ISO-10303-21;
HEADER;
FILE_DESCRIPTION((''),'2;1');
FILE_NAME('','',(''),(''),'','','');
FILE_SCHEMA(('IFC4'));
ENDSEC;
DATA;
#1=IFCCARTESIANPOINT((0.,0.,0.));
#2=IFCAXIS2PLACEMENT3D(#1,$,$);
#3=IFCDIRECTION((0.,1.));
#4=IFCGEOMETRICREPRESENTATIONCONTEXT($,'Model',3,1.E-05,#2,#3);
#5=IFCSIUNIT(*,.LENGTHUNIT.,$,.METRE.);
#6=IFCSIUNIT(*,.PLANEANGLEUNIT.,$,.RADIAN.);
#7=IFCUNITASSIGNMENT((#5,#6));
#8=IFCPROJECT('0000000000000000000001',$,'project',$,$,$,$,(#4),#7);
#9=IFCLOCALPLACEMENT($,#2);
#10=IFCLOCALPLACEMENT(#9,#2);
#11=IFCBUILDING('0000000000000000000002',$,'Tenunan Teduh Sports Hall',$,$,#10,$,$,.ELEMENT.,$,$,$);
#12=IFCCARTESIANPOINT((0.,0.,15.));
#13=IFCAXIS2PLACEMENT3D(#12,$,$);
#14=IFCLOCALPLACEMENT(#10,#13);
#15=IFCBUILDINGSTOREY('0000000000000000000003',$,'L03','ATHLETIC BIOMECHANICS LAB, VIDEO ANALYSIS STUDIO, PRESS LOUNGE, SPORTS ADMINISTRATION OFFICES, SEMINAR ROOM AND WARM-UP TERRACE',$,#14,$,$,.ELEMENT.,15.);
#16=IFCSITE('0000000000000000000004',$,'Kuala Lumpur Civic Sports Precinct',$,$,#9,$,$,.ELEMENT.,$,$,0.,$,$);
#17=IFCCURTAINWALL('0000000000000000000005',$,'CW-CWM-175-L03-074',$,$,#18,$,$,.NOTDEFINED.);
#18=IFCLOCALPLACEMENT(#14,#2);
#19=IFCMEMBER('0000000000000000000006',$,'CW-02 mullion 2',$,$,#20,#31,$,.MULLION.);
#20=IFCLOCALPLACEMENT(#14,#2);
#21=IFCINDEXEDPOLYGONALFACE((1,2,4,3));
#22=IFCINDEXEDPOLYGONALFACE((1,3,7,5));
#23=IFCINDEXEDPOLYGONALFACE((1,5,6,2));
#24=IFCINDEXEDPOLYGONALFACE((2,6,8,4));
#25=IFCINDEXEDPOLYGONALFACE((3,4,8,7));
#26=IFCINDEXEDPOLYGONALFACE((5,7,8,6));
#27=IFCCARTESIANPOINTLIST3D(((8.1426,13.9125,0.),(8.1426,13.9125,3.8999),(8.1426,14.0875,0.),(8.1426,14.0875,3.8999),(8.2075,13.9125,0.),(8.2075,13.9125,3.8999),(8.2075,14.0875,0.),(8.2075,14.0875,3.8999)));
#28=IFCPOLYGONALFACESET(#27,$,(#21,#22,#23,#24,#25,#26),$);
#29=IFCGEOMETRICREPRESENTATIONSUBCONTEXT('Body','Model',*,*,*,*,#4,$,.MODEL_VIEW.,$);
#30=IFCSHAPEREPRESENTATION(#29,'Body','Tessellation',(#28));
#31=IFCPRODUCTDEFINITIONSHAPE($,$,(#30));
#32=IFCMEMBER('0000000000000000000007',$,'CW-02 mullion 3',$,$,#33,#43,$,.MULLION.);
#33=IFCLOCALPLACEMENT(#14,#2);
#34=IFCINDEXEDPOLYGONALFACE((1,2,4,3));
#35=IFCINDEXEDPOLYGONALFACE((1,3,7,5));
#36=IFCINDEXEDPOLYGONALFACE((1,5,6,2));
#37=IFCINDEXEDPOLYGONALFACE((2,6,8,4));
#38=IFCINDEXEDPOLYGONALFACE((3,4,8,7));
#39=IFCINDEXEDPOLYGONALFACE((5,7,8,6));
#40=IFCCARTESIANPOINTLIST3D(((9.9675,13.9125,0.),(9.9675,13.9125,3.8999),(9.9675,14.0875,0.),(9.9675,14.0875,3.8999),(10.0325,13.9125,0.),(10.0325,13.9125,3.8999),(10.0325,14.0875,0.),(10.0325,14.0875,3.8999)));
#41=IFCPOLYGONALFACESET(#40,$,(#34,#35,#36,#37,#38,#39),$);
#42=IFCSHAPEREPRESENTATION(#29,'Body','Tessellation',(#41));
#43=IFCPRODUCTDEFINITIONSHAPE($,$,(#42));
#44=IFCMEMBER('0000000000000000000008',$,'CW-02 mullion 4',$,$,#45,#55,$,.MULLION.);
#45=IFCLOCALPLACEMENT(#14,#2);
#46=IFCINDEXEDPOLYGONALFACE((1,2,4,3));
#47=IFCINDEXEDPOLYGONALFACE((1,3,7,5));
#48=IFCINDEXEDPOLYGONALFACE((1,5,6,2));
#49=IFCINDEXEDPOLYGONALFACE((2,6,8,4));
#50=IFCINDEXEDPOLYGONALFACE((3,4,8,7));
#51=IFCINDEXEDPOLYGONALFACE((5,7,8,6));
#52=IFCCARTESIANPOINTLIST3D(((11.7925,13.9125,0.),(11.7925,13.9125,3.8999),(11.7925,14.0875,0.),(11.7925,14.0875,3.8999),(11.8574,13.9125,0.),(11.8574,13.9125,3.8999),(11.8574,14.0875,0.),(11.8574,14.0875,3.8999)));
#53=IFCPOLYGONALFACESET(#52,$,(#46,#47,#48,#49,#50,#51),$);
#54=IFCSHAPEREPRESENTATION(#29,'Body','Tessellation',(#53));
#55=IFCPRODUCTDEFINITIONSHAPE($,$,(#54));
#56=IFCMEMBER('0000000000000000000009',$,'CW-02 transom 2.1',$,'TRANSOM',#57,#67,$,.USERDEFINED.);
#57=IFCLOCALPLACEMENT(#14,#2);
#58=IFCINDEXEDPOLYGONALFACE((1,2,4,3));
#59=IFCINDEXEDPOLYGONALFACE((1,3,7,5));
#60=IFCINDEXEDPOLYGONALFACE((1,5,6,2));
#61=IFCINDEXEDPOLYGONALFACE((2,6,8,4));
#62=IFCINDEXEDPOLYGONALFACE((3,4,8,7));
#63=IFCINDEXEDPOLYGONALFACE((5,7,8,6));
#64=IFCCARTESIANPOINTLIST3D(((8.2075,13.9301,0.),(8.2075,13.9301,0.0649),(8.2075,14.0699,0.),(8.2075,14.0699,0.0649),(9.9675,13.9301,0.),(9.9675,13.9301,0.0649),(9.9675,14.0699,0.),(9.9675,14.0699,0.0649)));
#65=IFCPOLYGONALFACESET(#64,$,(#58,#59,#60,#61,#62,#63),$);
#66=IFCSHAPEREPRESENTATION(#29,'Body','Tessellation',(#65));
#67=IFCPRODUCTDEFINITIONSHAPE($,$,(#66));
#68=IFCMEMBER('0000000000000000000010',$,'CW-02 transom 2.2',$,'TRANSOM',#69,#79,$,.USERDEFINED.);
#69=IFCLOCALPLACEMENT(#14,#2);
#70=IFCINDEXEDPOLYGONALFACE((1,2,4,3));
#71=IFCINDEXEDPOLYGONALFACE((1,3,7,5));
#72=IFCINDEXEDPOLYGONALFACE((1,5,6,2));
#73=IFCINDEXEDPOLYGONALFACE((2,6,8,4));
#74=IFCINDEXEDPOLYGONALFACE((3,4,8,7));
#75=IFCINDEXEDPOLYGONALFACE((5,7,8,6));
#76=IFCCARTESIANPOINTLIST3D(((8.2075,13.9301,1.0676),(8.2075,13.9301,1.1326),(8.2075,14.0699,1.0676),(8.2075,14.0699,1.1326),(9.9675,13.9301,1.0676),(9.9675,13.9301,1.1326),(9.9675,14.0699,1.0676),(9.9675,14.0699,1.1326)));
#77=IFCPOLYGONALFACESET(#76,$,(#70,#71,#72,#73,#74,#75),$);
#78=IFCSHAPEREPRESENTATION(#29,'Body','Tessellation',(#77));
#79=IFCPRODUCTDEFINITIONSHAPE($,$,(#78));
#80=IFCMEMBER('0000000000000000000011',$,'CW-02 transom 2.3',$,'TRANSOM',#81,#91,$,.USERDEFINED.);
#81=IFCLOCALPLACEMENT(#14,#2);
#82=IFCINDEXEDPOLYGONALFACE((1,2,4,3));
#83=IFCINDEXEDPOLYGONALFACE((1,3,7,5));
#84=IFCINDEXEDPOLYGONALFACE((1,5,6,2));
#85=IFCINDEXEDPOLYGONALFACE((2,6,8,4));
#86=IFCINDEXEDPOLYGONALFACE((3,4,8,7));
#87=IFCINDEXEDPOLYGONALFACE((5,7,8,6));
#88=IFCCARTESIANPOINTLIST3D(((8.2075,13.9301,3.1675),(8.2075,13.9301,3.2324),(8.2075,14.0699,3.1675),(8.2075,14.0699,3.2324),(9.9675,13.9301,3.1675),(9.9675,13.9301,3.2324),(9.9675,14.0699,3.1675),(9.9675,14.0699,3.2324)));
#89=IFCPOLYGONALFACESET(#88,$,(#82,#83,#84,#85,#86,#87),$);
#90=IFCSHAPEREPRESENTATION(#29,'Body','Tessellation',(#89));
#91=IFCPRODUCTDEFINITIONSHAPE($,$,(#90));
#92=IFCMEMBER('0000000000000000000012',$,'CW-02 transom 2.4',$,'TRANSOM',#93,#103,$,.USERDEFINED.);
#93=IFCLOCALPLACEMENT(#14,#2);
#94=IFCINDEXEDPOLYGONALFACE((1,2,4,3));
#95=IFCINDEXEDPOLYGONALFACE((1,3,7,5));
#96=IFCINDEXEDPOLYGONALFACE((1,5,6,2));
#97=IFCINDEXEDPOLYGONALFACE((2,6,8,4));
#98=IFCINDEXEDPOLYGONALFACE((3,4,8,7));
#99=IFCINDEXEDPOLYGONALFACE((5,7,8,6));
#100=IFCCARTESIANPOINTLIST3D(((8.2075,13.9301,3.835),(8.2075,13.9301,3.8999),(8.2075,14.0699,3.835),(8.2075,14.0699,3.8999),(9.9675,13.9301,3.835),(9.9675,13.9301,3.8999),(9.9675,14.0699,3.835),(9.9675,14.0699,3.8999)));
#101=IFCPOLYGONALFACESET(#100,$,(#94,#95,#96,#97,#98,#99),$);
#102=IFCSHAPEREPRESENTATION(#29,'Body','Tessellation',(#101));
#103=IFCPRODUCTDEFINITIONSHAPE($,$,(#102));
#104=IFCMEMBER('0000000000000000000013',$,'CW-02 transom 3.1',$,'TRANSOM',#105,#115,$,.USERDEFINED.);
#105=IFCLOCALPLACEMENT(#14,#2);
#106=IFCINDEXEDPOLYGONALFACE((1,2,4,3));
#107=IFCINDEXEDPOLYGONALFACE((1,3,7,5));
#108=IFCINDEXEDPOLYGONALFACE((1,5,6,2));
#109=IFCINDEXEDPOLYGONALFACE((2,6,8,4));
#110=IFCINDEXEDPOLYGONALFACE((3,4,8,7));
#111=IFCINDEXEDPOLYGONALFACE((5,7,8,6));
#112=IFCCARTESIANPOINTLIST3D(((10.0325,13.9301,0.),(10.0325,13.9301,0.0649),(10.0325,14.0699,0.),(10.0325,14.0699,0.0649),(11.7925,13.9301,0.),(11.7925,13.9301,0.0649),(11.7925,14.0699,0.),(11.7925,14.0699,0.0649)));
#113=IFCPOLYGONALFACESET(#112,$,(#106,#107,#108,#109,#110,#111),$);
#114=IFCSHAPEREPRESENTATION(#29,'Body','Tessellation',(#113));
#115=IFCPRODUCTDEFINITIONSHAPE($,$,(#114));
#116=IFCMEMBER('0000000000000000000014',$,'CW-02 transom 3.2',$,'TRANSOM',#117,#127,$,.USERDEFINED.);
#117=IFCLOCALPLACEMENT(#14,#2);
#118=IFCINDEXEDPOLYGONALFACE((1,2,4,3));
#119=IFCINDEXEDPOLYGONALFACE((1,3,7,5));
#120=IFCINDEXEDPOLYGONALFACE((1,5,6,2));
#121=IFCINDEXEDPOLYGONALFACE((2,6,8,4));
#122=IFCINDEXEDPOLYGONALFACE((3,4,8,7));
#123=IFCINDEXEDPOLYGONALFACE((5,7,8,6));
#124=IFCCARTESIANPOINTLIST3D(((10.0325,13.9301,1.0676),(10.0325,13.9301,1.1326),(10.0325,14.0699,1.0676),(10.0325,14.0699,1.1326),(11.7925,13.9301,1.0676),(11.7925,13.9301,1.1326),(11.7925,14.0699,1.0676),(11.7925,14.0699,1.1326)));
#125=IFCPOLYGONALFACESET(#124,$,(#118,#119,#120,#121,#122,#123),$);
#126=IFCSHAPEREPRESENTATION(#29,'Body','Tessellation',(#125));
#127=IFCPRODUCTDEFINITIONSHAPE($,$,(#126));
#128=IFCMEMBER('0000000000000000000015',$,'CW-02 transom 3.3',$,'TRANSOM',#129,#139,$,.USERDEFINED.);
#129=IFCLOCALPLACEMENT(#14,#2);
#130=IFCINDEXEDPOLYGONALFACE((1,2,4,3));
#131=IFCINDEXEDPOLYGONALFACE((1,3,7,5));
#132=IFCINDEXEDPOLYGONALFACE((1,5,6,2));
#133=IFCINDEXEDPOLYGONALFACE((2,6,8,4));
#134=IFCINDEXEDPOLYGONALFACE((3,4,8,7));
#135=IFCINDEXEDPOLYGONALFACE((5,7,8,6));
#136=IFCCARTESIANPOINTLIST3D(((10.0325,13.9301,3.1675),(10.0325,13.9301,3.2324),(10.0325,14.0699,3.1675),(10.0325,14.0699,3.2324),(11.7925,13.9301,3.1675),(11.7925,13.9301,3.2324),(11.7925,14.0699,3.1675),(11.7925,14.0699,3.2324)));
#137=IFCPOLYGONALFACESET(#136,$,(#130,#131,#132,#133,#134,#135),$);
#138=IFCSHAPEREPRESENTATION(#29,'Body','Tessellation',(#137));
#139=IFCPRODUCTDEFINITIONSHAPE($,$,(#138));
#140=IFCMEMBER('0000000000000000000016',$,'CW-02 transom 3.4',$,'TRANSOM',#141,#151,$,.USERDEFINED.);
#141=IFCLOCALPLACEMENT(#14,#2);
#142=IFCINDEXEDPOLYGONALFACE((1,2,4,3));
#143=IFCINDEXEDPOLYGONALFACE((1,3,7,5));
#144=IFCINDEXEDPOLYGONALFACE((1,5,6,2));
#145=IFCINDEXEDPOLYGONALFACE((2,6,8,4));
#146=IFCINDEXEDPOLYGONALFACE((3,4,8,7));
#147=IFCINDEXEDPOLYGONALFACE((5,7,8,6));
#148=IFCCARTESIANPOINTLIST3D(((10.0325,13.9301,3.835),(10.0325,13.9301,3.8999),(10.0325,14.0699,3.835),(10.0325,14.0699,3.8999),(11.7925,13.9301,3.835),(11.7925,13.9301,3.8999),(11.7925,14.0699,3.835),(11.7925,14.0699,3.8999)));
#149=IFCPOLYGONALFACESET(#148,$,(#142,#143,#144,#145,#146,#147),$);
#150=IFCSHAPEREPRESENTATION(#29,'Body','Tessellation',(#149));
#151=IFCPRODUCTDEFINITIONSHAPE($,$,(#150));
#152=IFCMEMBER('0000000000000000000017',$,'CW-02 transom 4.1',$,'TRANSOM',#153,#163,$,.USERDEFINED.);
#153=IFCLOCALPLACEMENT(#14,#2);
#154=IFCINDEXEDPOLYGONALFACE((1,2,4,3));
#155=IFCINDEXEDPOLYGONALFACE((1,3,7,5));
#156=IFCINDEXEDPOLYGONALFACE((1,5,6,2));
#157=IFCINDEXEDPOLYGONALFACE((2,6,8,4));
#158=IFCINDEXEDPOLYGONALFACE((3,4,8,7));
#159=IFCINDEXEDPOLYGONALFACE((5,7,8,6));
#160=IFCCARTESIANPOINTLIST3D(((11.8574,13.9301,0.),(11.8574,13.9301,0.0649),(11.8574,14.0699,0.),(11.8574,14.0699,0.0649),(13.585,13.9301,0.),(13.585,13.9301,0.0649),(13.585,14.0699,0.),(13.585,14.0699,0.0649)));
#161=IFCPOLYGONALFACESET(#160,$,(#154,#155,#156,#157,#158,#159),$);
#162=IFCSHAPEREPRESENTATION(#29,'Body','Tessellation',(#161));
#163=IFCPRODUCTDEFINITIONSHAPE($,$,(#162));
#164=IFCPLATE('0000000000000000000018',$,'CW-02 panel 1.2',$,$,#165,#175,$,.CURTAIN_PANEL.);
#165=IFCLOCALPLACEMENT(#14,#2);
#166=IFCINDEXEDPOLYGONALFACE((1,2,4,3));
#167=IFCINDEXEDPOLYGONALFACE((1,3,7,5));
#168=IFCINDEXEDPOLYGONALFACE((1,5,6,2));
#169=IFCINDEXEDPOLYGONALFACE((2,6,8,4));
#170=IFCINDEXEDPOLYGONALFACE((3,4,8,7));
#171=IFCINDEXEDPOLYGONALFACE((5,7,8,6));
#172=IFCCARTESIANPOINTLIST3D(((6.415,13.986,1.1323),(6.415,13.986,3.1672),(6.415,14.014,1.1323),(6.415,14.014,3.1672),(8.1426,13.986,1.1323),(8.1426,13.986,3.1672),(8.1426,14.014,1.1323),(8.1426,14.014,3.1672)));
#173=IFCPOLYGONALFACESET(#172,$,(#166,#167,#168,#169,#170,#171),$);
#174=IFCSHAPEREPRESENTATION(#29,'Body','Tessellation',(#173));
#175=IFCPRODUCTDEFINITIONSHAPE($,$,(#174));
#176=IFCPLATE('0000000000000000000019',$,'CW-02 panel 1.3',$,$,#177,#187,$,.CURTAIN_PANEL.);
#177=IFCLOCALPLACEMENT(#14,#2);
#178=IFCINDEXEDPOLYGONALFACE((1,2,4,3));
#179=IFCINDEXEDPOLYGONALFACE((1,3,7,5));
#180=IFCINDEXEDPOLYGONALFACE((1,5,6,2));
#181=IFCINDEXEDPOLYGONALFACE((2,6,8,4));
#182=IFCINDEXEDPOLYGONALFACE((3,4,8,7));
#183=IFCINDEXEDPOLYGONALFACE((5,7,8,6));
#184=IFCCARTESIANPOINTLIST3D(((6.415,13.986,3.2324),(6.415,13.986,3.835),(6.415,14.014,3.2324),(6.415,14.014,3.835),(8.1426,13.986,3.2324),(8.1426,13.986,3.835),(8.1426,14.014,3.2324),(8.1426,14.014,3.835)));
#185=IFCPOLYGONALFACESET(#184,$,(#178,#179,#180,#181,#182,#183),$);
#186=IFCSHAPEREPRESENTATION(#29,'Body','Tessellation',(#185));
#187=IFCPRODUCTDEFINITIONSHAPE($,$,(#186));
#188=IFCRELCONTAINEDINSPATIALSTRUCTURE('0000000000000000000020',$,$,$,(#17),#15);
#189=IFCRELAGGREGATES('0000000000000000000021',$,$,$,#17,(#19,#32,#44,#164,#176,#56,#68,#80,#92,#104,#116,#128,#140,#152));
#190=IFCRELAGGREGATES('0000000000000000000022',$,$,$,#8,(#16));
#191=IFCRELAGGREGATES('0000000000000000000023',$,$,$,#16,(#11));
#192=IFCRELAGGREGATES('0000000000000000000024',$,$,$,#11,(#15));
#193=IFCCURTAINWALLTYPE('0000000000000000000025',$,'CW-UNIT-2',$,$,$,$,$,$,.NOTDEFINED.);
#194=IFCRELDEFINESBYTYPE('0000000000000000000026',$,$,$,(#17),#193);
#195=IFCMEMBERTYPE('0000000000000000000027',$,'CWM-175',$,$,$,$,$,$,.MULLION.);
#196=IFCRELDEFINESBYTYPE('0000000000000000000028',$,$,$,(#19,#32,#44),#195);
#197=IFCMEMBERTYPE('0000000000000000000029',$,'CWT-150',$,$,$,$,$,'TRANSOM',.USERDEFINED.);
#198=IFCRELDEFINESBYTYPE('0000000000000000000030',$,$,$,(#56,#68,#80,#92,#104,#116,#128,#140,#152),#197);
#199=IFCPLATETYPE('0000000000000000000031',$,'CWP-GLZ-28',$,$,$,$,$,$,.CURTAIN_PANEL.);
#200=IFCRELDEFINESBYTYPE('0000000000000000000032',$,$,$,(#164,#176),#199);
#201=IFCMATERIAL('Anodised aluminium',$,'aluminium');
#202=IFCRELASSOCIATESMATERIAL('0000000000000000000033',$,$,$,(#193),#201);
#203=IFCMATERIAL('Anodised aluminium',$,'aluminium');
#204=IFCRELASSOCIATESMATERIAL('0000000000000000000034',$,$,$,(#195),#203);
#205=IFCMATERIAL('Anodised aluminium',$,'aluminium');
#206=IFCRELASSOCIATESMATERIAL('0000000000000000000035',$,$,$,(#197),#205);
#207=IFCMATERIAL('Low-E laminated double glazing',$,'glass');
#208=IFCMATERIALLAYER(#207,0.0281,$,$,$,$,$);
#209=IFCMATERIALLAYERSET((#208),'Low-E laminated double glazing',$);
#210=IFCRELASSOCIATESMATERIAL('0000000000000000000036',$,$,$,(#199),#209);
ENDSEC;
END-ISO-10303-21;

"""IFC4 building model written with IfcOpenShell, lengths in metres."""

from ifc_helpers import new_model, si_unit, direction, frame, origin, origin_2d, place, context, subcontext, project, spatial, rectangle, extrude, material, layer, layer_set, material_profile, profile_set, type_object, element, aggregate, save


model = new_model("IFC4")

# Units and contexts
model_context = context("Model", 3, precision=1e-05, world=origin(), true_north=direction((0.0, 1.0)))
body_context = subcontext(model_context, "Body", "Model", "MODEL_VIEW")
ifc_project = project(units=[si_unit("LENGTHUNIT", "METRE"), si_unit("PLANEANGLEUNIT", "RADIAN")], contexts=[model_context])

# Site, building, storey
site_placement = place(None, origin())
site = spatial("IfcSite", under=ifc_project, at=site_placement, Name="Kuala Lumpur Civic Sports Precinct", CompositionType="ELEMENT", RefElevation=0.0)
building_placement = place(site_placement, origin())
building = spatial("IfcBuilding", under=site, at=building_placement, Name="Tenunan Teduh Sports Hall", CompositionType="ELEMENT")
storey_placement = place(building_placement, frame((0.0, 0.0, 15.0)))
storey = spatial("IfcBuildingStorey", under=building, at=storey_placement, Name="L03", Description="ATHLETIC BIOMECHANICS LAB, VIDEO ANALYSIS STUDIO, PRESS LOUNGE, SPORTS ADMINISTRATION OFFICES, SEMINAR ROOM AND WARM-UP TERRACE", CompositionType="ELEMENT", Elevation=15.0)

# Curtain wall, members, plates
ifc_material_1 = material(Name="Anodised aluminium", Category="aluminium")
curtain_wall_type = type_object("IfcCurtainWallType", Name="CW-UNIT-2", PredefinedType="NOTDEFINED", material=ifc_material_1)
curtain_wall_placement = place(storey_placement, origin())
curtain_wall = element("IfcCurtainWall", 1, at=curtain_wall_placement, inside=storey, type_object=curtain_wall_type, Name="CW-CWM-175-L03-074", PredefinedType="NOTDEFINED")
ifc_material_2 = material(Name="Anodised aluminium", Category="aluminium")
ifc_material_profile_1 = material_profile(ifc_material_2, rectangle(XDim=0.0649, YDim=0.175, at=origin_2d()), Name="CWM 65x175")
ifc_profile_set_1 = profile_set([ifc_material_profile_1], Name="Anodised aluminium")
member_type_1 = type_object("IfcMemberType", Name="CWM-175", PredefinedType="MULLION", material=ifc_profile_set_1)
member_1_placement = place(storey_placement, frame((8.175, 14.0, 0.0), z_axis=(0.0, 0.0, 1.0), x_axis=(1.0, 0.0, 0.0)))
member_1 = element("IfcMember", 2, at=member_1_placement, type_object=member_type_1, Name="CW-02 mullion 2", PredefinedType="MULLION", context=body_context, shape_type="SweptSolid", body=[
    extrude(rectangle(XDim=0.0649, YDim=0.175, at=origin_2d()), origin(), (0.0, 0.0, 1.0), 3.8999),
])
member_2_placement = place(storey_placement, frame((10.0, 14.0, 0.0), z_axis=(0.0, 0.0, 1.0), x_axis=(1.0, 0.0, 0.0)))
member_2 = element("IfcMember", 3, at=member_2_placement, type_object=member_type_1, Name="CW-02 mullion 3", PredefinedType="MULLION", context=body_context, shape_type="SweptSolid", body=[
    extrude(rectangle(XDim=0.0649, YDim=0.175, at=origin_2d()), origin(), (0.0, 0.0, 1.0), 3.8999),
])
member_3_placement = place(storey_placement, frame((11.825, 14.0, 0.0), z_axis=(0.0, 0.0, 1.0), x_axis=(1.0, 0.0, 0.0)))
member_3 = element("IfcMember", 4, at=member_3_placement, type_object=member_type_1, Name="CW-02 mullion 4", PredefinedType="MULLION", context=body_context, shape_type="SweptSolid", body=[
    extrude(rectangle(XDim=0.0649, YDim=0.175, at=origin_2d()), origin(), (0.0, 0.0, 1.0), 3.8999),
])
ifc_material_3 = material(Name="Anodised aluminium", Category="aluminium")
ifc_material_profile_2 = material_profile(ifc_material_3, rectangle(XDim=0.0649, YDim=0.1399, at=origin_2d()), Name="CWT 65x140")
ifc_profile_set_2 = profile_set([ifc_material_profile_2], Name="Anodised aluminium")
member_type_2 = type_object("IfcMemberType", Name="CWT-150", ElementType="TRANSOM", PredefinedType="USERDEFINED", material=ifc_profile_set_2)
member_4_placement = place(storey_placement, frame((8.2075, 14.0, 0.0325), z_axis=(1.0, 0.0, 0.0), x_axis=(0.0, 0.0, 1.0)))
member_4 = element("IfcMember", 5, at=member_4_placement, type_object=member_type_2, Name="CW-02 transom 2.1", ObjectType="TRANSOM", PredefinedType="USERDEFINED", context=body_context, shape_type="SweptSolid", body=[
    extrude(rectangle(XDim=0.0649, YDim=0.1399, at=origin_2d()), origin(), (0.0, 0.0, 1.0), 1.76),
])
member_5_placement = place(storey_placement, frame((8.2075, 14.0, 1.1001), z_axis=(1.0, 0.0, 0.0), x_axis=(0.0, 0.0, 1.0)))
member_5 = element("IfcMember", 6, at=member_5_placement, type_object=member_type_2, Name="CW-02 transom 2.2", ObjectType="TRANSOM", PredefinedType="USERDEFINED", context=body_context, shape_type="SweptSolid", body=[
    extrude(rectangle(XDim=0.0649, YDim=0.1399, at=origin_2d()), origin(), (0.0, 0.0, 1.0), 1.76),
])
member_6_placement = place(storey_placement, frame((8.2075, 14.0, 3.2), z_axis=(1.0, 0.0, 0.0), x_axis=(0.0, 0.0, 1.0)))
member_6 = element("IfcMember", 7, at=member_6_placement, type_object=member_type_2, Name="CW-02 transom 2.3", ObjectType="TRANSOM", PredefinedType="USERDEFINED", context=body_context, shape_type="SweptSolid", body=[
    extrude(rectangle(XDim=0.0649, YDim=0.1399, at=origin_2d()), origin(), (0.0, 0.0, 1.0), 1.76),
])
member_7_placement = place(storey_placement, frame((8.2075, 14.0, 3.8674), z_axis=(1.0, 0.0, 0.0), x_axis=(0.0, 0.0, 1.0)))
member_7 = element("IfcMember", 8, at=member_7_placement, type_object=member_type_2, Name="CW-02 transom 2.4", ObjectType="TRANSOM", PredefinedType="USERDEFINED", context=body_context, shape_type="SweptSolid", body=[
    extrude(rectangle(XDim=0.0649, YDim=0.1399, at=origin_2d()), origin(), (0.0, 0.0, 1.0), 1.76),
])
member_8_placement = place(storey_placement, frame((10.0325, 14.0, 0.0325), z_axis=(1.0, 0.0, 0.0), x_axis=(0.0, 0.0, 1.0)))
member_8 = element("IfcMember", 9, at=member_8_placement, type_object=member_type_2, Name="CW-02 transom 3.1", ObjectType="TRANSOM", PredefinedType="USERDEFINED", context=body_context, shape_type="SweptSolid", body=[
    extrude(rectangle(XDim=0.0649, YDim=0.1399, at=origin_2d()), origin(), (0.0, 0.0, 1.0), 1.76),
])
member_9_placement = place(storey_placement, frame((10.0325, 14.0, 1.1001), z_axis=(1.0, 0.0, 0.0), x_axis=(0.0, 0.0, 1.0)))
member_9 = element("IfcMember", 10, at=member_9_placement, type_object=member_type_2, Name="CW-02 transom 3.2", ObjectType="TRANSOM", PredefinedType="USERDEFINED", context=body_context, shape_type="SweptSolid", body=[
    extrude(rectangle(XDim=0.0649, YDim=0.1399, at=origin_2d()), origin(), (0.0, 0.0, 1.0), 1.76),
])
member_10_placement = place(storey_placement, frame((10.0325, 14.0, 3.2), z_axis=(1.0, 0.0, 0.0), x_axis=(0.0, 0.0, 1.0)))
member_10 = element("IfcMember", 11, at=member_10_placement, type_object=member_type_2, Name="CW-02 transom 3.3", ObjectType="TRANSOM", PredefinedType="USERDEFINED", context=body_context, shape_type="SweptSolid", body=[
    extrude(rectangle(XDim=0.0649, YDim=0.1399, at=origin_2d()), origin(), (0.0, 0.0, 1.0), 1.76),
])
member_11_placement = place(storey_placement, frame((10.0325, 14.0, 3.8674), z_axis=(1.0, 0.0, 0.0), x_axis=(0.0, 0.0, 1.0)))
member_11 = element("IfcMember", 12, at=member_11_placement, type_object=member_type_2, Name="CW-02 transom 3.4", ObjectType="TRANSOM", PredefinedType="USERDEFINED", context=body_context, shape_type="SweptSolid", body=[
    extrude(rectangle(XDim=0.0649, YDim=0.1399, at=origin_2d()), origin(), (0.0, 0.0, 1.0), 1.76),
])
member_12_placement = place(storey_placement, frame((11.8574, 14.0, 0.0325), z_axis=(1.0, 0.0, 0.0), x_axis=(0.0, 0.0, 1.0)))
member_12 = element("IfcMember", 13, at=member_12_placement, type_object=member_type_2, Name="CW-02 transom 4.1", ObjectType="TRANSOM", PredefinedType="USERDEFINED", context=body_context, shape_type="SweptSolid", body=[
    extrude(rectangle(XDim=0.0649, YDim=0.1399, at=origin_2d()), origin(), (0.0, 0.0, 1.0), 1.7275),
])
ifc_material_4 = material(Name="Low-E laminated double glazing", Category="glass")
ifc_layer_1 = layer(ifc_material_4, 0.0281)
ifc_layer_set_1 = layer_set([ifc_layer_1], Name="Low-E laminated double glazing")
plate_type_1 = type_object("IfcPlateType", Name="CWP-GLZ-28", PredefinedType="CURTAIN_PANEL", material=ifc_layer_set_1)
plate_1_placement = place(storey_placement, frame((7.2788, 14.0, 1.1323), z_axis=(0.0, 0.0, 1.0), x_axis=(1.0, 0.0, 0.0)))
plate_1 = element("IfcPlate", 14, at=plate_1_placement, type_object=plate_type_1, Name="CW-02 panel 1.2", PredefinedType="CURTAIN_PANEL", context=body_context, shape_type="SweptSolid", body=[
    extrude(rectangle(XDim=1.7275, YDim=0.0281, at=origin_2d()), origin(), (0.0, 0.0, 1.0), 2.0349),
])
plate_2_placement = place(storey_placement, frame((7.2788, 14.0, 3.2324), z_axis=(0.0, 0.0, 1.0), x_axis=(1.0, 0.0, 0.0)))
plate_2 = element("IfcPlate", 15, at=plate_2_placement, type_object=plate_type_1, Name="CW-02 panel 1.3", PredefinedType="CURTAIN_PANEL", context=body_context, shape_type="SweptSolid", body=[
    extrude(rectangle(XDim=1.7275, YDim=0.0281, at=origin_2d()), origin(), (0.0, 0.0, 1.0), 0.6025),
])
aggregate(curtain_wall, [member_1, member_2, member_3, plate_1, plate_2, member_4, member_5, member_6, member_7, member_8, member_9, member_10, member_11, member_12])

save(model, "model.ifc")
